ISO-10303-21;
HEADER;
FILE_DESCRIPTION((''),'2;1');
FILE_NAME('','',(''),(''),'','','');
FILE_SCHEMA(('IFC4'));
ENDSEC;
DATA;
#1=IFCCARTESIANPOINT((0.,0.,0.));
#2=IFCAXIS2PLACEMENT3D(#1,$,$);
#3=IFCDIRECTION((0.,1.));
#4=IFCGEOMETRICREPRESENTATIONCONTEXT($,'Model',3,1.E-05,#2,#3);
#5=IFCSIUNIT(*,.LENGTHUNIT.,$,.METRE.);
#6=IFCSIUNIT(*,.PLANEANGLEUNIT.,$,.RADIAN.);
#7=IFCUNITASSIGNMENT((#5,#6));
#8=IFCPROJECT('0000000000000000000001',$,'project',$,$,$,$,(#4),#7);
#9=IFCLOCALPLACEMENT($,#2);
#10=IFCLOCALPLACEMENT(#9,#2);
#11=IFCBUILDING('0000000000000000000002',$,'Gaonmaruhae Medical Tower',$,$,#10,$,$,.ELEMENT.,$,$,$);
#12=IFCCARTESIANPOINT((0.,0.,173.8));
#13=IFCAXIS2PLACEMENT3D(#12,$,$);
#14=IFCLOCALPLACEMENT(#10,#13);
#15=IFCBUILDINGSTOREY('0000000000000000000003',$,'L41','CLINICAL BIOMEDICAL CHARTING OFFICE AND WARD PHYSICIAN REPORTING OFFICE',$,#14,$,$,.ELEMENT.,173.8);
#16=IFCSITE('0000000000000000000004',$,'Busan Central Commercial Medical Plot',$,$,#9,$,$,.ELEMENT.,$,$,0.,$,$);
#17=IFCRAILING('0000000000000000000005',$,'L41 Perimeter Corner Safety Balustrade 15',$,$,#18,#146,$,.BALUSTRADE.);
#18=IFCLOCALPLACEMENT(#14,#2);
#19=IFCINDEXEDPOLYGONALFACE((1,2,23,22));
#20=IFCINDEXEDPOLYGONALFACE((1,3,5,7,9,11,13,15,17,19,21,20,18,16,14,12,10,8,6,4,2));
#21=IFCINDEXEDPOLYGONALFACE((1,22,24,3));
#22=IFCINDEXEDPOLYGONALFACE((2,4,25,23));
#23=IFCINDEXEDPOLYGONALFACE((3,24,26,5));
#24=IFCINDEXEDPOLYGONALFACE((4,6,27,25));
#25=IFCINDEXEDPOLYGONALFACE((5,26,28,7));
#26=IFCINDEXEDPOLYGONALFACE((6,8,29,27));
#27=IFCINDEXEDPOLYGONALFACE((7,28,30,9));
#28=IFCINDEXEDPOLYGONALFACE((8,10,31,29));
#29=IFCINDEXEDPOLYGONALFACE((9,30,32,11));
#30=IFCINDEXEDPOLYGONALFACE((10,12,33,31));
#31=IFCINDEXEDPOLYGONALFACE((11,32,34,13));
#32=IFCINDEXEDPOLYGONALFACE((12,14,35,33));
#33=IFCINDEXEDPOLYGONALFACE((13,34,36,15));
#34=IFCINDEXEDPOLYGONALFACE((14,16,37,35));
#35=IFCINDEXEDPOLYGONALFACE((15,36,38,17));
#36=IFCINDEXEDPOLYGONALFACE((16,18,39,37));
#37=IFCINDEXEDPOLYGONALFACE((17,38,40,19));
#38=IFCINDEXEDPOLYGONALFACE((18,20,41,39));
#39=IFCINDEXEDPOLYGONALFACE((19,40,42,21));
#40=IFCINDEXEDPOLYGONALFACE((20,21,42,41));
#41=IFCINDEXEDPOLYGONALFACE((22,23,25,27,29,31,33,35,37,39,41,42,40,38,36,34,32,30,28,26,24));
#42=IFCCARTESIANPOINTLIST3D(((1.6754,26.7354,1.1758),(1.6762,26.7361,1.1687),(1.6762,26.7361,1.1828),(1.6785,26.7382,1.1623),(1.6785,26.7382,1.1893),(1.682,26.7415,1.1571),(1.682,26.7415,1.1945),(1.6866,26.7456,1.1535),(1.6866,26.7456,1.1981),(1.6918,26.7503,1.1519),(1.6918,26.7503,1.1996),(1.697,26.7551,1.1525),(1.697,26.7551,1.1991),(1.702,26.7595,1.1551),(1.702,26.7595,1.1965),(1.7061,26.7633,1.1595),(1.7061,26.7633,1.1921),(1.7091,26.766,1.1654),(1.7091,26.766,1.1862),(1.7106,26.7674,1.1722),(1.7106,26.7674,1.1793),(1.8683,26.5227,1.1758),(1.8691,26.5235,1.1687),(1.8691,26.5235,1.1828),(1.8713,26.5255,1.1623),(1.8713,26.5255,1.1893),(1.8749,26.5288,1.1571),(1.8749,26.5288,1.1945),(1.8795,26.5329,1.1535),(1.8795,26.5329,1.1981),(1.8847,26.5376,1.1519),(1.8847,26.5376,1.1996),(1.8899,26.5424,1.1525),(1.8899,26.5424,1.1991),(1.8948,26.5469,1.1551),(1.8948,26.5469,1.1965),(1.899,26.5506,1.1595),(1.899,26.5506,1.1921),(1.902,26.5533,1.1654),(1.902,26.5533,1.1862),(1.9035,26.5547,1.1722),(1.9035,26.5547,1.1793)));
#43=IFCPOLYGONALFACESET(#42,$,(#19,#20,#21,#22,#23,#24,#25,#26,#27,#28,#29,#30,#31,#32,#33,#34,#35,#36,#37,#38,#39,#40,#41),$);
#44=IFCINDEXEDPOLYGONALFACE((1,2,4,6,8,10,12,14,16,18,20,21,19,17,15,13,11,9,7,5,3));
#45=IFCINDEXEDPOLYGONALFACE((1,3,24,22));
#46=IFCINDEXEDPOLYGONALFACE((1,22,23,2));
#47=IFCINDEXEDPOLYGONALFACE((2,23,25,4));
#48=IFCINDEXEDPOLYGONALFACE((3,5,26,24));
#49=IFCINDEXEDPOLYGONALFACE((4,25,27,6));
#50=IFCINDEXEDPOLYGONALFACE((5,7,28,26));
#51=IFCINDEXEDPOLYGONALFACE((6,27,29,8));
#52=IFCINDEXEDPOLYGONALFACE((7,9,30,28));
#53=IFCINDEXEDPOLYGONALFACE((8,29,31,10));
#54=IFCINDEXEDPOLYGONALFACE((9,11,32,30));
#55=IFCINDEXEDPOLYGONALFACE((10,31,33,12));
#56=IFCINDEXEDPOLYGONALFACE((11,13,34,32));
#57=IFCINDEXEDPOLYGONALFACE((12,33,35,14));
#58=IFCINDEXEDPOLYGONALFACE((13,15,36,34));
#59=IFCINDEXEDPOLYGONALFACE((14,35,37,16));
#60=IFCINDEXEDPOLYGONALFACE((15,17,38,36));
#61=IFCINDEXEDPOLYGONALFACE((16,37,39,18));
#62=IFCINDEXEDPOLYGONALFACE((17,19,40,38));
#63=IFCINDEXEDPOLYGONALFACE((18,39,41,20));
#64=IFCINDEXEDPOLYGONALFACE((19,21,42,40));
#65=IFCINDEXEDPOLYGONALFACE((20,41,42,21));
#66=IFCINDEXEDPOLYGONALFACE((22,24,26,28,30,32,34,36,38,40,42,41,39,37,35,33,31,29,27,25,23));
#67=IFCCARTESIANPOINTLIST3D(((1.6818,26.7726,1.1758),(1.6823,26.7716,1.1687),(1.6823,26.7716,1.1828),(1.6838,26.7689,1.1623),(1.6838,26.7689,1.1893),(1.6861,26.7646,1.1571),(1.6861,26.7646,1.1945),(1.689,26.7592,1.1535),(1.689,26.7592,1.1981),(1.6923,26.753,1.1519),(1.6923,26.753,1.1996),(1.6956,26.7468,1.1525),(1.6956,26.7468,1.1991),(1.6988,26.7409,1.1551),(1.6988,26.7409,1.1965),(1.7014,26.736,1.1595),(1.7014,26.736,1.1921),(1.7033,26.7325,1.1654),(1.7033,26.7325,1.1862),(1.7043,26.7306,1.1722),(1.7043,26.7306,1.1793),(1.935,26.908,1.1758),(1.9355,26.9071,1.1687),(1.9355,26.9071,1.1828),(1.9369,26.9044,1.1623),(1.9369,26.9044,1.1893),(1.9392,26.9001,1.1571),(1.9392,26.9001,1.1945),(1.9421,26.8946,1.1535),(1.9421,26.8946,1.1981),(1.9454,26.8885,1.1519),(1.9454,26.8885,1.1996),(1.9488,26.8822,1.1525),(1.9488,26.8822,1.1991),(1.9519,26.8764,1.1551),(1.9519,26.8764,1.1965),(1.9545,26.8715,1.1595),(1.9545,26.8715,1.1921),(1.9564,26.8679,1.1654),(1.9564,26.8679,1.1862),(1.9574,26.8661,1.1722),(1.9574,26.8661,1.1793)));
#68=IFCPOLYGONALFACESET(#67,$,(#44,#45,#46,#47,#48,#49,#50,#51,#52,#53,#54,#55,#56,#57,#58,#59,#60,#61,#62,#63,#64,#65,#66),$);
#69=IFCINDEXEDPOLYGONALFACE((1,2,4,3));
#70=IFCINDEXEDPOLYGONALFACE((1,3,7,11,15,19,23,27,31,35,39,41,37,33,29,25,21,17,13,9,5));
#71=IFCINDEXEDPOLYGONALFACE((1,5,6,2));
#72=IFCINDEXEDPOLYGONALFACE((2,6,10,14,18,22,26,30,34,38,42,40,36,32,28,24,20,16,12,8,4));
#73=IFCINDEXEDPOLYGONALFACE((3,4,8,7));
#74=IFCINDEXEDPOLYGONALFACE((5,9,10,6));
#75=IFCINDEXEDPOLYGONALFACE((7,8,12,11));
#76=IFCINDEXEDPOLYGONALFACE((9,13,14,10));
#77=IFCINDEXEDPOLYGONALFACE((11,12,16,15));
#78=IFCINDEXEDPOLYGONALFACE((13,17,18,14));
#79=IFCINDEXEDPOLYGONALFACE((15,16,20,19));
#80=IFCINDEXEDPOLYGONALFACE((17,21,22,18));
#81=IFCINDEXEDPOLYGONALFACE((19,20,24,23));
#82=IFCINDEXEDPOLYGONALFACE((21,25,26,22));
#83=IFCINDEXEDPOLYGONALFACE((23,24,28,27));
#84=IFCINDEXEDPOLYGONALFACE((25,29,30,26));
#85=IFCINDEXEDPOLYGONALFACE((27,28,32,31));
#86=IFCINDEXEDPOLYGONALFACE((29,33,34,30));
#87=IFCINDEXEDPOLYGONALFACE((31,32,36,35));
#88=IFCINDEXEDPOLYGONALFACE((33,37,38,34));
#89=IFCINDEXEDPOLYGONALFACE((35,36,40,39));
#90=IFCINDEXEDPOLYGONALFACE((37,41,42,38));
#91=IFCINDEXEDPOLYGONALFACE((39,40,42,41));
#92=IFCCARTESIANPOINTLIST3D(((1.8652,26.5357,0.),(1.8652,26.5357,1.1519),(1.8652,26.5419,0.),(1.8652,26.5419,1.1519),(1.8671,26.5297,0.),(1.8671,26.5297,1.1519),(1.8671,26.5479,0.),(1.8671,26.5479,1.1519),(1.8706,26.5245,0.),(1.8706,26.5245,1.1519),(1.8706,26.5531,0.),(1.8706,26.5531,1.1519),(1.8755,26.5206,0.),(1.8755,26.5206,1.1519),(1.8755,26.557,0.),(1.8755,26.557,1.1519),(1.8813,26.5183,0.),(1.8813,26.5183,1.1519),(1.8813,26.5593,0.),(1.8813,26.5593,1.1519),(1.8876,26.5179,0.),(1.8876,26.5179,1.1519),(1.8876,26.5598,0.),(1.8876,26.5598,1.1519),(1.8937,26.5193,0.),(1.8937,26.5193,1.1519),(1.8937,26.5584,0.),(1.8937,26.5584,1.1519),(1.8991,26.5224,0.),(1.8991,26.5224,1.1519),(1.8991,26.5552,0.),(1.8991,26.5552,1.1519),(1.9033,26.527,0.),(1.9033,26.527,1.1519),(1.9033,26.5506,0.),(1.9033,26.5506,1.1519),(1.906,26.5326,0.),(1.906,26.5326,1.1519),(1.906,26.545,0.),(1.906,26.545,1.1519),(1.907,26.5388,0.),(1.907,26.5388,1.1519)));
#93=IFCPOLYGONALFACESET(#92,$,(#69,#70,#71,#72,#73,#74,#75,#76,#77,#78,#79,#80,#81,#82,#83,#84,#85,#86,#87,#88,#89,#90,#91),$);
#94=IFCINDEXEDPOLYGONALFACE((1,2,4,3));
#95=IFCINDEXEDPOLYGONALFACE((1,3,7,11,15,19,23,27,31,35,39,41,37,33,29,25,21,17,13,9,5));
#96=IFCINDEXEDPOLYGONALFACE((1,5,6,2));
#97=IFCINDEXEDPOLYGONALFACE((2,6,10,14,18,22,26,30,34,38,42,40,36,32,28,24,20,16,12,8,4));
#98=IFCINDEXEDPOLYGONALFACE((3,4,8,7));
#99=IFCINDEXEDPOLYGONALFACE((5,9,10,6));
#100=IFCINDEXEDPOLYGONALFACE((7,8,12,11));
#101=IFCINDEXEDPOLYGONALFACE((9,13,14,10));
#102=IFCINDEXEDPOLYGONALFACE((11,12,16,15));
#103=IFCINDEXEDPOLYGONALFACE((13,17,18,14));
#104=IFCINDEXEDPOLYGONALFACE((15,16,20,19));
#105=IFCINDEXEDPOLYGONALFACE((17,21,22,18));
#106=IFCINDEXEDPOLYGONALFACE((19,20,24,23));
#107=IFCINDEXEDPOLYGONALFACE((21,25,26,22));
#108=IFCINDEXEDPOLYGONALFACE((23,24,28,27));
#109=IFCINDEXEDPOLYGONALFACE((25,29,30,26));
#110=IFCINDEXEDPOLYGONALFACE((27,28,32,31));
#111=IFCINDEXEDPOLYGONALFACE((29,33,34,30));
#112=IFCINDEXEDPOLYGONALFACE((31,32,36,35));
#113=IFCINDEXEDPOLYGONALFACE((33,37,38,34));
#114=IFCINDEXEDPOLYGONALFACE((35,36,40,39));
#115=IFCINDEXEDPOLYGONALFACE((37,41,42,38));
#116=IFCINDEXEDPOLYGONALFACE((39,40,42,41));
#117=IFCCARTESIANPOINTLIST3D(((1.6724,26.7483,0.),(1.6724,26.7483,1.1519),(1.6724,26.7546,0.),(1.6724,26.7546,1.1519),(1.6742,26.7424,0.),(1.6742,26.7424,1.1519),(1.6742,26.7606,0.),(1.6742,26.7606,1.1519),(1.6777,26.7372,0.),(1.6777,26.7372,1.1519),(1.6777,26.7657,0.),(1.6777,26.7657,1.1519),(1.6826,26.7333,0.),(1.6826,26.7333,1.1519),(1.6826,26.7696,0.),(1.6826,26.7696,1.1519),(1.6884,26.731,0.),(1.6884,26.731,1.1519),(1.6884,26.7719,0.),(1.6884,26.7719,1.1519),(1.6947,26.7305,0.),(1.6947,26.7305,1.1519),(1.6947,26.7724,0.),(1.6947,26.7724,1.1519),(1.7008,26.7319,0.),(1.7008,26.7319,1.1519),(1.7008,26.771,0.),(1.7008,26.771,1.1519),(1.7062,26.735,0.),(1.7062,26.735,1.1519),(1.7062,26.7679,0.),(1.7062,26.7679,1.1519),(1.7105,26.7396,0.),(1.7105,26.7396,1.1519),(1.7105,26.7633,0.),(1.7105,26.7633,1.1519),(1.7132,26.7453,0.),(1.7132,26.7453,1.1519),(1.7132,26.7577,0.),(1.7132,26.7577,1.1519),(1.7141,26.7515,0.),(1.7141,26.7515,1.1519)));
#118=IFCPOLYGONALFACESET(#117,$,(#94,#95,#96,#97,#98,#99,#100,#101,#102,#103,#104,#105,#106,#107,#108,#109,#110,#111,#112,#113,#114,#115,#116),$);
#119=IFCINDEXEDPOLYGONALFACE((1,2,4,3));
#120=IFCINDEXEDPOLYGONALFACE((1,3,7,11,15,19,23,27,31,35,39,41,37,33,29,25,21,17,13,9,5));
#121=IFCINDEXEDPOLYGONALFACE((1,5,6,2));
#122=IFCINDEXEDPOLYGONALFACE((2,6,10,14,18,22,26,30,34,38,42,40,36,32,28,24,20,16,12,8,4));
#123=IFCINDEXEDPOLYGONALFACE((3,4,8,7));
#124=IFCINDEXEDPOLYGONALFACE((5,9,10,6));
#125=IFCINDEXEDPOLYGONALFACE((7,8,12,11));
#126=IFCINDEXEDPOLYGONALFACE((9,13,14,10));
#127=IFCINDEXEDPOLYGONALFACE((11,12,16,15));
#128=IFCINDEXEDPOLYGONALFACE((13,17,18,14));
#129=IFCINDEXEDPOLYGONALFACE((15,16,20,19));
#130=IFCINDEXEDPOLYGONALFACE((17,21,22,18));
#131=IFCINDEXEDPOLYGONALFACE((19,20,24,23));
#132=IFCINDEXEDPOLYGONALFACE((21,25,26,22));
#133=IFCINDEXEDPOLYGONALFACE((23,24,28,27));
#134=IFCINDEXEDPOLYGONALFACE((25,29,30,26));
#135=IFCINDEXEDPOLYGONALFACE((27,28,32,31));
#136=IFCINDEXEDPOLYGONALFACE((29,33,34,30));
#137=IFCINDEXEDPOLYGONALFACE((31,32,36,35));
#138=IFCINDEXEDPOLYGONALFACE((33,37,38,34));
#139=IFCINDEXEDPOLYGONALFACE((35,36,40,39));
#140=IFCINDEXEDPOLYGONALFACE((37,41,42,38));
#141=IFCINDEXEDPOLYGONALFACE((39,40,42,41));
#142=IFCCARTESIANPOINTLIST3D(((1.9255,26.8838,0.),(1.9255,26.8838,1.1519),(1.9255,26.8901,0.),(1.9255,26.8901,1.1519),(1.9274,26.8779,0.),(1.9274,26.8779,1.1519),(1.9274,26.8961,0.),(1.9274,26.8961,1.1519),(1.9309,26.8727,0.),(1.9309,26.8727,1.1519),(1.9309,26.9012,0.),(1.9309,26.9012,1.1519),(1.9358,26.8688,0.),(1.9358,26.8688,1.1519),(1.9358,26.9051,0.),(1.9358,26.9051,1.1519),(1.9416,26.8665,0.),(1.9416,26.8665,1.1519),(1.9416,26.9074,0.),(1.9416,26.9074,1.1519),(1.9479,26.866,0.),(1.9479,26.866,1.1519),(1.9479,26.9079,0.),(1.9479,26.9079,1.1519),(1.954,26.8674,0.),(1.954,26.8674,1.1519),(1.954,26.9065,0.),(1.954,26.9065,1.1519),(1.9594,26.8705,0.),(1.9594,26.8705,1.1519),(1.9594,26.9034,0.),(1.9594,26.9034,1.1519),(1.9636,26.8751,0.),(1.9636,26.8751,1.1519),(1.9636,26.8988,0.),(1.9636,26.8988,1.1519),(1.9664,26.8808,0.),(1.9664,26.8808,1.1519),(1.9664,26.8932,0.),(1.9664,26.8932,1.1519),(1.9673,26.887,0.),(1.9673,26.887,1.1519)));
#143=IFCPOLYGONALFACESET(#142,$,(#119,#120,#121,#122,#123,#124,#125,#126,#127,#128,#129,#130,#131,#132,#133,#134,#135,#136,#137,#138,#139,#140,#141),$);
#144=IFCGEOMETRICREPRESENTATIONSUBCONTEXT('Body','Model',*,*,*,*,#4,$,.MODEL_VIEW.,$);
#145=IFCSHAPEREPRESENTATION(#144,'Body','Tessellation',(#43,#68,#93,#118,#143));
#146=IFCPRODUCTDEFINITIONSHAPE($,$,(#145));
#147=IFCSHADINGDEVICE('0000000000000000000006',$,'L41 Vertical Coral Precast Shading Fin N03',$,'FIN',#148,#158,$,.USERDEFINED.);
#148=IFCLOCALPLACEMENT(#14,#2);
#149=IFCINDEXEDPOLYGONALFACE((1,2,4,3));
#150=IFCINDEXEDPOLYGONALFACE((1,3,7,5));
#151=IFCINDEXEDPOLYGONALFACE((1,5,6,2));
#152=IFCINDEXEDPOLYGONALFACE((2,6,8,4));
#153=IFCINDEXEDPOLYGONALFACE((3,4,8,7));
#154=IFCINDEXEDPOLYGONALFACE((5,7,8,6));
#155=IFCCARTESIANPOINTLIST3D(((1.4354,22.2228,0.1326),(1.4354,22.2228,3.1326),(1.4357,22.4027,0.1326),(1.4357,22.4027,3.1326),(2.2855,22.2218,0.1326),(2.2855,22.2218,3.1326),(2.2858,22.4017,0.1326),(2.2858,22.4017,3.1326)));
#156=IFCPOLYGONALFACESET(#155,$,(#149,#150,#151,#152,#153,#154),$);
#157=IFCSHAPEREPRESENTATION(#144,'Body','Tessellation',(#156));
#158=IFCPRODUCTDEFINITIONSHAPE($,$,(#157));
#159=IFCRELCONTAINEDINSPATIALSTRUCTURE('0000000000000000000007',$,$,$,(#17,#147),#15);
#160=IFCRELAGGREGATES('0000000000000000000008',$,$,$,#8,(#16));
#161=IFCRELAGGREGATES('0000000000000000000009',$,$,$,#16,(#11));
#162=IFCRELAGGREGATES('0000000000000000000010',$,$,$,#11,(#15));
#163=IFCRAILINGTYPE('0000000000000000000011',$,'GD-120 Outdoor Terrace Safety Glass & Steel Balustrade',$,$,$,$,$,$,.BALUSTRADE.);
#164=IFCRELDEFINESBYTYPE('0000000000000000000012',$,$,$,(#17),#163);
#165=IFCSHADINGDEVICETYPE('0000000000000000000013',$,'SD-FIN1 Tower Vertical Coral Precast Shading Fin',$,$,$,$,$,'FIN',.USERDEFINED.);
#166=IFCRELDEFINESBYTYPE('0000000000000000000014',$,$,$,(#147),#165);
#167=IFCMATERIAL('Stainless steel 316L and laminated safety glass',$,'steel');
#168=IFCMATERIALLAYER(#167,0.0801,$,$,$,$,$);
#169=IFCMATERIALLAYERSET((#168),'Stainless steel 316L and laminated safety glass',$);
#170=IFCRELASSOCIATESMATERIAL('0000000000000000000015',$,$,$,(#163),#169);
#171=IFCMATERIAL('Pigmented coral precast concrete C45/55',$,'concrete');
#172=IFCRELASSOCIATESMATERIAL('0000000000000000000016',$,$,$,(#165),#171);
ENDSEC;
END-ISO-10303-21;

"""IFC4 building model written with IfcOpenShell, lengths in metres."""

from ifc_helpers import new_model, si_unit, direction, frame, origin, origin_2d, place, context, subcontext, project, spatial, rectangle, circle, extrude, material, layer, layer_set, type_object, element, save


model = new_model("IFC4")

# Units and contexts
model_context = context("Model", 3, precision=1e-05, world=origin(), true_north=direction((0.0, 1.0)))
body_context = subcontext(model_context, "Body", "Model", "MODEL_VIEW")
ifc_project = project(units=[si_unit("LENGTHUNIT", "METRE"), si_unit("PLANEANGLEUNIT", "RADIAN")], contexts=[model_context])

# Site, building, storey
site_placement = place(None, origin())
site = spatial("IfcSite", under=ifc_project, at=site_placement, Name="Busan Central Commercial Medical Plot", CompositionType="ELEMENT", RefElevation=0.0)
building_placement = place(site_placement, origin())
building = spatial("IfcBuilding", under=site, at=building_placement, Name="Gaonmaruhae Medical Tower", CompositionType="ELEMENT")
storey_placement = place(building_placement, frame((0.0, 0.0, 173.8)))
storey = spatial("IfcBuildingStorey", under=building, at=storey_placement, Name="L41", Description="CLINICAL BIOMEDICAL CHARTING OFFICE AND WARD PHYSICIAN REPORTING OFFICE", CompositionType="ELEMENT", Elevation=173.8)

# Railing
ifc_material_1 = material(Name="Stainless steel 316L and laminated safety glass", Category="steel")
ifc_layer_1 = layer(ifc_material_1, 0.0801)
ifc_layer_set_1 = layer_set([ifc_layer_1], Name="Stainless steel 316L and laminated safety glass")
railing_type = type_object("IfcRailingType", Name="GD-120 Outdoor Terrace Safety Glass & Steel Balustrade", PredefinedType="BALUSTRADE", material=ifc_layer_set_1)
railing_1_placement = place(storey_placement, frame((1.886, 26.5388, 0.0)))
element("IfcRailing", 1, at=railing_1_placement, inside=storey, type_object=railing_type, Name="L41 Perimeter Corner Safety Balustrade 15", PredefinedType="BALUSTRADE", context=body_context, shape_type="SweptSolid", body=[
    extrude(circle(Radius=0.0239, at=origin_2d()), frame((0.0, 0.0, 1.1758), z_axis=(-0.671826, 0.740709, 0.0), x_axis=(-0.740709, -0.671826, 0.0)), (0.0, 0.0, 1.0), 0.2871),
    extrude(circle(Radius=0.0239, at=origin_2d()), frame((-0.1929, 0.2126, 1.1758), z_axis=(0.881669, 0.471867, 0.0), x_axis=(-0.471867, 0.881669, 0.0)), (0.0, 0.0, 1.0), 0.2871),
    extrude(circle(Radius=0.021, at=origin_2d()), origin(), (0.0, 0.0, 1.0), 1.1519),
    extrude(circle(Radius=0.021, at=origin_2d()), frame((-0.1929, 0.2126, 0.0)), (0.0, 0.0, 1.0), 1.1519),
    extrude(circle(Radius=0.021, at=origin_2d()), frame((0.0603, 0.3481, 0.0)), (0.0, 0.0, 1.0), 1.1519),
])

# Shading device
ifc_material_2 = material(Name="Pigmented coral precast concrete C45/55", Category="concrete")
shading_device_type = type_object("IfcShadingDeviceType", Name="SD-FIN1 Tower Vertical Coral Precast Shading Fin", ElementType="FIN", PredefinedType="USERDEFINED", material=ifc_material_2)
shading_device_placement = place(storey_placement, frame((1.8606, 22.3123, 0.1326), z_axis=(0.0, 0.0, 1.0), x_axis=(0.001187, 0.999999, 0.0)))
element("IfcShadingDevice", 2, at=shading_device_placement, inside=storey, type_object=shading_device_type, Name="L41 Vertical Coral Precast Shading Fin N03", ObjectType="FIN", PredefinedType="USERDEFINED", context=body_context, shape_type="SweptSolid", body=[
    extrude(rectangle(XDim=0.1799, YDim=0.8501, at=origin_2d()), origin(), (0.0, 0.0, 1.0), 3.0),
])

save(model, "model.ifc")
